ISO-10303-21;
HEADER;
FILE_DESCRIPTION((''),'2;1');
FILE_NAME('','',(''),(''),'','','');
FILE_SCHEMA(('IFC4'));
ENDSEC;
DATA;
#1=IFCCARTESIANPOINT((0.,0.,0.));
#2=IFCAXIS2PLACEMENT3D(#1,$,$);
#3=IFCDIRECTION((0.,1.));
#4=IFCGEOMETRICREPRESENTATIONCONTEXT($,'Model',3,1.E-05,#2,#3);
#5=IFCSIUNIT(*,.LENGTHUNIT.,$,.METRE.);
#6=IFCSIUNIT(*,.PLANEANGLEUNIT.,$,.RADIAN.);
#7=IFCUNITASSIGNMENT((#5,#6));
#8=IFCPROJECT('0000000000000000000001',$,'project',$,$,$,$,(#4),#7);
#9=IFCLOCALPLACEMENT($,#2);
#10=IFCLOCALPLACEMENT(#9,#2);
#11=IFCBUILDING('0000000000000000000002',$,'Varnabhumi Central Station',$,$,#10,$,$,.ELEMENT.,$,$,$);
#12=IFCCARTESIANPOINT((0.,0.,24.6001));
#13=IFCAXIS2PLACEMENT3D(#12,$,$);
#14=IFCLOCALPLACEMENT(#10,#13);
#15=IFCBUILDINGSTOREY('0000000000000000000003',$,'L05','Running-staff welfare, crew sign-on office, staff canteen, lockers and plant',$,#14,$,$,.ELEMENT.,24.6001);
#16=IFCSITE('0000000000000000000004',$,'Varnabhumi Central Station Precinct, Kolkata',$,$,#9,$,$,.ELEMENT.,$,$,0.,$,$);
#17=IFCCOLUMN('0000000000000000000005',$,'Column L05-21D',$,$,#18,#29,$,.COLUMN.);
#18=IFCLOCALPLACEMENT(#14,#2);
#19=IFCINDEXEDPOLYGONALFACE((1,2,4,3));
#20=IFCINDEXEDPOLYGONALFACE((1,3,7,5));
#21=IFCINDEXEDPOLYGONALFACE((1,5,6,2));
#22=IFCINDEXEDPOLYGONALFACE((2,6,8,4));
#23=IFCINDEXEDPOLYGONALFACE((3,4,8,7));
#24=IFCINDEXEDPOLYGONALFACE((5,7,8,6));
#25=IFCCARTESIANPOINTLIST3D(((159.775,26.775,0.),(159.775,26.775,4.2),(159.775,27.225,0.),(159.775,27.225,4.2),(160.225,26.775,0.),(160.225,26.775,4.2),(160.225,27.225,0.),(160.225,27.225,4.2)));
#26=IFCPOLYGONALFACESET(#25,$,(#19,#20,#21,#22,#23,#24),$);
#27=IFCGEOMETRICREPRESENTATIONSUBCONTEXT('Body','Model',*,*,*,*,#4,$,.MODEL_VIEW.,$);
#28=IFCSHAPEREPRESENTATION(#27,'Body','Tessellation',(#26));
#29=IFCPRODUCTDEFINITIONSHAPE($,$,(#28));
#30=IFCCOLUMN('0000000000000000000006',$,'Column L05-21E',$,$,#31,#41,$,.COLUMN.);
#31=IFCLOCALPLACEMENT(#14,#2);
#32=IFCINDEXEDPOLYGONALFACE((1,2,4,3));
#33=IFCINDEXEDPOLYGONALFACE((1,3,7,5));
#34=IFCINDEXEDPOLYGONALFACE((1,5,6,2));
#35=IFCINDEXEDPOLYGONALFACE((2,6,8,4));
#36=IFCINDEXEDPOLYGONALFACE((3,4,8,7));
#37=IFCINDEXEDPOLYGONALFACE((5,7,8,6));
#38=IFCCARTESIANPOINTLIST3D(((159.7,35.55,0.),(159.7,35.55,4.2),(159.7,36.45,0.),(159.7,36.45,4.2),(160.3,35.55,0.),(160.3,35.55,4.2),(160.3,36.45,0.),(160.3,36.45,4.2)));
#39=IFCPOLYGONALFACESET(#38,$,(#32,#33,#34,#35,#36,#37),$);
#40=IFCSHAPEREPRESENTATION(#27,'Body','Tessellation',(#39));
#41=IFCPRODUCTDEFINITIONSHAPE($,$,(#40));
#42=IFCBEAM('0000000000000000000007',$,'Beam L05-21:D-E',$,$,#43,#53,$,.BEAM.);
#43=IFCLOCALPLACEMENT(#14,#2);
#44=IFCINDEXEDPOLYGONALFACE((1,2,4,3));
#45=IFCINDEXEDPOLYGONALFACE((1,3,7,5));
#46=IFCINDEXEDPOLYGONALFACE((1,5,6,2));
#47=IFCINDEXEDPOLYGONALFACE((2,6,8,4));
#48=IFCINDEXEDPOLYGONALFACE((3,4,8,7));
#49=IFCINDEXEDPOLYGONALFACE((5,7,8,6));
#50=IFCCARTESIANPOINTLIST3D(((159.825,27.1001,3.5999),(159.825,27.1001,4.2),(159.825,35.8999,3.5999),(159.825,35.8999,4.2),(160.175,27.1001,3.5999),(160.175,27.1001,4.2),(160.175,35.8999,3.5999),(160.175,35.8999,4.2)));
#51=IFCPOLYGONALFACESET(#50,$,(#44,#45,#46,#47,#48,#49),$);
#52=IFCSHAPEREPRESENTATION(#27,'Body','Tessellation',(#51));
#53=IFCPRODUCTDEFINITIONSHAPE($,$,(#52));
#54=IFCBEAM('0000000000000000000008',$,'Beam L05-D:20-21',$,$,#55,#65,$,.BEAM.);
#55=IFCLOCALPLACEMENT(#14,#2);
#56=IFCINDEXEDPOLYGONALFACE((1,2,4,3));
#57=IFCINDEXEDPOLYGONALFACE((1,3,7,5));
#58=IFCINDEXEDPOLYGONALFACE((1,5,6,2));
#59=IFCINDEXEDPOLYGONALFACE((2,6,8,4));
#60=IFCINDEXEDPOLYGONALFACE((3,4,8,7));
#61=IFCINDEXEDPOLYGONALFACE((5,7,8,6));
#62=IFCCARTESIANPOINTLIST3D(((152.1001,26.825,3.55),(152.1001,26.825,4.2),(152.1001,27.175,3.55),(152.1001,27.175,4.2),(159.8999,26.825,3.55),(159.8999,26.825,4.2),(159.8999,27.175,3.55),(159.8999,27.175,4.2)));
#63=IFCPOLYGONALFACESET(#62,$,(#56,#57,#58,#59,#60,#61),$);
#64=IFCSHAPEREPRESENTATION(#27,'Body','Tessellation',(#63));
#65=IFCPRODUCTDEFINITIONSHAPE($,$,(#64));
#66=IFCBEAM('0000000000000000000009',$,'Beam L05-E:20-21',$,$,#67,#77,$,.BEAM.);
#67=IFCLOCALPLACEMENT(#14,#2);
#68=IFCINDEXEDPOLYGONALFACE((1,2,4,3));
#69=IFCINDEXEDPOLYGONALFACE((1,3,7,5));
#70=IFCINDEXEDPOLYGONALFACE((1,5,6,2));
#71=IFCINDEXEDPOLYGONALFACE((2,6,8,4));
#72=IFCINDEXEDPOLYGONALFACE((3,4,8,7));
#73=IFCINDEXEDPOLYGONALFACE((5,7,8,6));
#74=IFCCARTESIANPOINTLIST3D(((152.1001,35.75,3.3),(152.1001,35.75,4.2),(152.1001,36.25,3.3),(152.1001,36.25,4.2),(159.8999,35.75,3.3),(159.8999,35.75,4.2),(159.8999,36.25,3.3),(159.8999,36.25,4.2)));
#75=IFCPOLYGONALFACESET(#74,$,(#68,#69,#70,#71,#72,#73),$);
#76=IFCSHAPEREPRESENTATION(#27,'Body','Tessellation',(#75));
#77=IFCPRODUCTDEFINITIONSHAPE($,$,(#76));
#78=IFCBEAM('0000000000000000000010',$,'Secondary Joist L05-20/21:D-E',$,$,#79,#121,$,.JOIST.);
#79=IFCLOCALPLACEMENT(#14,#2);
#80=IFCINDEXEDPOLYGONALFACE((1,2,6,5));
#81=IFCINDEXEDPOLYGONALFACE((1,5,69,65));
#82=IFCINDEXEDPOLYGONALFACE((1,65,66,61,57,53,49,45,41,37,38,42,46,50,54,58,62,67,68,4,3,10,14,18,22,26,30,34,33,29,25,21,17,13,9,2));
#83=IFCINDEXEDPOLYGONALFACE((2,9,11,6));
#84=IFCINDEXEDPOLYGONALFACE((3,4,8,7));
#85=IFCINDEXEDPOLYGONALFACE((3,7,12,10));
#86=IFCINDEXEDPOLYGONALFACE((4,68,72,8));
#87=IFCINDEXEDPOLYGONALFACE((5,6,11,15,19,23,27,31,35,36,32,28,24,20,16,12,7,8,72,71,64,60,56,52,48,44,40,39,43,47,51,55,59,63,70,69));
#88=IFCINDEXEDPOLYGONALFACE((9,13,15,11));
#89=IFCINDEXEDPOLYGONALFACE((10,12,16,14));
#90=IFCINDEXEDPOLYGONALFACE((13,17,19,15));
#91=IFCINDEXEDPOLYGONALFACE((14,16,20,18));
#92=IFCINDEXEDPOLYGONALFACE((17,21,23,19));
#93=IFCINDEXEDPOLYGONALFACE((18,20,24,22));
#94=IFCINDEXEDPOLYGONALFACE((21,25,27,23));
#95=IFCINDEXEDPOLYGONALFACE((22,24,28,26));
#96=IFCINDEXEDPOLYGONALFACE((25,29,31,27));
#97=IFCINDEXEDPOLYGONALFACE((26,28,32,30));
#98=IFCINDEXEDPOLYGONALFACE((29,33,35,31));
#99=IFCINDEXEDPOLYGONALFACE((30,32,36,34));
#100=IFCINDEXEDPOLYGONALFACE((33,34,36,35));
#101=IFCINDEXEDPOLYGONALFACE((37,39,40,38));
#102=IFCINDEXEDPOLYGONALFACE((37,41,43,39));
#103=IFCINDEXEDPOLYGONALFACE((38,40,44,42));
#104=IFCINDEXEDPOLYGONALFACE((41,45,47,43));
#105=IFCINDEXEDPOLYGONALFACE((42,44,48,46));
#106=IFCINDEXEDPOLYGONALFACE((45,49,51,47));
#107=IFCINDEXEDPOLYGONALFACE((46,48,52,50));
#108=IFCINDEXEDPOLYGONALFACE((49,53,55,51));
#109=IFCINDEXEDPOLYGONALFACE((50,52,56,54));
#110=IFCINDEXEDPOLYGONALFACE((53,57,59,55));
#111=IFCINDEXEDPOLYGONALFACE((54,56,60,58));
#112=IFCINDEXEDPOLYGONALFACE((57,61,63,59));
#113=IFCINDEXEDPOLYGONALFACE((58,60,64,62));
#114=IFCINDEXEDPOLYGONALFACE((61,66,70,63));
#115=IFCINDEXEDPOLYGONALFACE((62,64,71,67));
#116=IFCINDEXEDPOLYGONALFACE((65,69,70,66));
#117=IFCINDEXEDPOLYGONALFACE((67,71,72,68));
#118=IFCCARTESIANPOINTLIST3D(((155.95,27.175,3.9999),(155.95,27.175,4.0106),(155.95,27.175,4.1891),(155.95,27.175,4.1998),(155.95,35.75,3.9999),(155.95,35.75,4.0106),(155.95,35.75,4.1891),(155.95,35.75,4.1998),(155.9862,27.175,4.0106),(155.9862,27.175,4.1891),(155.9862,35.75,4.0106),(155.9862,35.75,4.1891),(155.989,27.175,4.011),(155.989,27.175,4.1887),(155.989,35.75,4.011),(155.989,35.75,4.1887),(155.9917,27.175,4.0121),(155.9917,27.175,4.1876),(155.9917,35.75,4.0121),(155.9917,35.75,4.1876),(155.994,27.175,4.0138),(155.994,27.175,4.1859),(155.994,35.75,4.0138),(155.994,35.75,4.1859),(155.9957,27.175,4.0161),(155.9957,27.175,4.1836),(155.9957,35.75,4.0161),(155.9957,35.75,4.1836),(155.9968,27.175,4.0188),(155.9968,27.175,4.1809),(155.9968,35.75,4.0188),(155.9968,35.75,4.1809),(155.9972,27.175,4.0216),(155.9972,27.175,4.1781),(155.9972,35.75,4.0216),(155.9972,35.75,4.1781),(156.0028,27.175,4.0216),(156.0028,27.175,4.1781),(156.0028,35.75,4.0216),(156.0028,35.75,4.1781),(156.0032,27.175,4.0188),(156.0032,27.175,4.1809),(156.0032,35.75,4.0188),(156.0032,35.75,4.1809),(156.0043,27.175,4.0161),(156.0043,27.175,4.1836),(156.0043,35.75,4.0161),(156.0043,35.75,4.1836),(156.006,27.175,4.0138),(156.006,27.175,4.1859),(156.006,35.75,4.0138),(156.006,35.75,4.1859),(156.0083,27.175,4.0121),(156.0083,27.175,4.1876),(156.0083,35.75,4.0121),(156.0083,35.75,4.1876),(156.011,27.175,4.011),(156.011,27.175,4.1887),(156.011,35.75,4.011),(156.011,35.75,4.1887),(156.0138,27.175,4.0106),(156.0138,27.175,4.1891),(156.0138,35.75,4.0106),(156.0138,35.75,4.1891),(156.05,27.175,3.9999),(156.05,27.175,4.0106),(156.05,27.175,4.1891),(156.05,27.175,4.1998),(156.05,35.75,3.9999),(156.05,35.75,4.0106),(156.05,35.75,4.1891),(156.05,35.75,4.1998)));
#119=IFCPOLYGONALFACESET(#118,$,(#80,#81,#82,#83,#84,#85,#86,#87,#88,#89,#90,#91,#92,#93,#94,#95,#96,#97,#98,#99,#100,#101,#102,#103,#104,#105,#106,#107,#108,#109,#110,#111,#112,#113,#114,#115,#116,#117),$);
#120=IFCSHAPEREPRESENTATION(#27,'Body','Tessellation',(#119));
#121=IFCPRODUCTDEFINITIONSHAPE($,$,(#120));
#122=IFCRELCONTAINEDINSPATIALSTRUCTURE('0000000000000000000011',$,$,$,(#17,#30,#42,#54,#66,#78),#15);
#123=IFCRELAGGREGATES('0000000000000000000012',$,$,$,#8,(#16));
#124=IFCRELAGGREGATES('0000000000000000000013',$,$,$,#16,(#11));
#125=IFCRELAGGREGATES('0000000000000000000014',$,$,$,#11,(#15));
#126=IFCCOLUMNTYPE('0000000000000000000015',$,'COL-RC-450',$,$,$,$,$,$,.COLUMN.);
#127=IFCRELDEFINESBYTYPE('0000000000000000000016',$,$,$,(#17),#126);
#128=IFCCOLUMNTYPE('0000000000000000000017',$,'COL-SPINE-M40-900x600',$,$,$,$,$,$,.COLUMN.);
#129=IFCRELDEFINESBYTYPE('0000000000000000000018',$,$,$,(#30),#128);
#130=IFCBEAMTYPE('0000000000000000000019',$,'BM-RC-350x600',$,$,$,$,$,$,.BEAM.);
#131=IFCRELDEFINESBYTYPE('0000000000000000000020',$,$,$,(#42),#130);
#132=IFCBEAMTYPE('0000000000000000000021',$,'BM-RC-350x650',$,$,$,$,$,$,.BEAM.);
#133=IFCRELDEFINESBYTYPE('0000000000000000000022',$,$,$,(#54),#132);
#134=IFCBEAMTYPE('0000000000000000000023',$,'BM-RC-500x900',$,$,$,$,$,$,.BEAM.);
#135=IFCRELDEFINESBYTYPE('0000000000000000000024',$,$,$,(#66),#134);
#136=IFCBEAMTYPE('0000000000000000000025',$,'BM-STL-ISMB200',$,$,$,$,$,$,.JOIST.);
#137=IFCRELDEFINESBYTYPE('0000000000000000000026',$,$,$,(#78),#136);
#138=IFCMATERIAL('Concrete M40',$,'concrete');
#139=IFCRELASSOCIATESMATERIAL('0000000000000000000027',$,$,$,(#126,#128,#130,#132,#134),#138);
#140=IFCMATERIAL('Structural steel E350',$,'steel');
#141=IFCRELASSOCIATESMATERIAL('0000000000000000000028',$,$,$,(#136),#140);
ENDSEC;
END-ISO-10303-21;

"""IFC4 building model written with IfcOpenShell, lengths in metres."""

from ifc_helpers import new_model, si_unit, direction, frame, origin, origin_2d, place, context, subcontext, project, spatial, rectangle, i_section, extrude, material, material_profile, profile_set, type_object, element, save


model = new_model("IFC4")

# Units and contexts
model_context = context("Model", 3, precision=1e-05, world=origin(), true_north=direction((0.0, 1.0)))
body_context = subcontext(model_context, "Body", "Model", "MODEL_VIEW")
ifc_project = project(units=[si_unit("LENGTHUNIT", "METRE"), si_unit("PLANEANGLEUNIT", "RADIAN")], contexts=[model_context])

# Site, building, storey
site_placement = place(None, origin())
site = spatial("IfcSite", under=ifc_project, at=site_placement, Name="Varnabhumi Central Station Precinct, Kolkata", CompositionType="ELEMENT", RefElevation=0.0)
building_placement = place(site_placement, origin())
building = spatial("IfcBuilding", under=site, at=building_placement, Name="Varnabhumi Central Station", CompositionType="ELEMENT")
storey_placement = place(building_placement, frame((0.0, 0.0, 24.6001)))
storey = spatial("IfcBuildingStorey", under=building, at=storey_placement, Name="L05", Description="Running-staff welfare, crew sign-on office, staff canteen, lockers and plant", CompositionType="ELEMENT", Elevation=24.6001)

# Columns
ifc_material_1 = material(Name="Concrete M40", Category="concrete")
ifc_material_profile_1 = material_profile(ifc_material_1, rectangle(XDim=0.45, YDim=0.45, at=origin_2d()), Name="Concrete M40", Category="concrete")
ifc_profile_set_1 = profile_set([ifc_material_profile_1], Name="Concrete M40")
column_type_1 = type_object("IfcColumnType", Name="COL-RC-450", PredefinedType="COLUMN", material=ifc_profile_set_1)
column_1_placement = place(storey_placement, frame((160.0, 27.0, 0.0), z_axis=(0.0, 0.0, 1.0), x_axis=(1.0, 0.0, 0.0)))
element("IfcColumn", 1, at=column_1_placement, inside=storey, type_object=column_type_1, Name="Column L05-21D", PredefinedType="COLUMN", context=body_context, shape_type="SweptSolid", body=[
    extrude(rectangle(XDim=0.45, YDim=0.45, at=origin_2d()), origin(), (0.0, 0.0, 1.0), 4.2),
])
ifc_material_profile_2 = material_profile(ifc_material_1, rectangle(XDim=0.6001, YDim=0.8999, at=origin_2d()), Name="Concrete M40", Category="concrete")
ifc_profile_set_2 = profile_set([ifc_material_profile_2], Name="Concrete M40")
column_type_2 = type_object("IfcColumnType", Name="COL-SPINE-M40-900x600", PredefinedType="COLUMN", material=ifc_profile_set_2)
column_2_placement = place(storey_placement, frame((160.0, 36.0, 0.0), z_axis=(0.0, 0.0, 1.0), x_axis=(1.0, 0.0, 0.0)))
element("IfcColumn", 2, at=column_2_placement, inside=storey, type_object=column_type_2, Name="Column L05-21E", PredefinedType="COLUMN", context=body_context, shape_type="SweptSolid", body=[
    extrude(rectangle(XDim=0.6001, YDim=0.8999, at=origin_2d()), origin(), (0.0, 0.0, 1.0), 4.2),
])

# Beams
ifc_material_profile_3 = material_profile(ifc_material_1, rectangle(XDim=0.3501, YDim=0.6001, at=origin_2d()), Name="Concrete M40", Category="concrete")
ifc_profile_set_3 = profile_set([ifc_material_profile_3], Name="Concrete M40")
beam_type_1 = type_object("IfcBeamType", Name="BM-RC-350x600", PredefinedType="BEAM", material=ifc_profile_set_3)
beam_1_placement = place(storey_placement, frame((160.0, 27.1001, 3.8999), z_axis=(0.0, 1.0, 0.0), x_axis=(-1.0, 0.0, 0.0)))
element("IfcBeam", 3, at=beam_1_placement, inside=storey, type_object=beam_type_1, Name="Beam L05-21:D-E", PredefinedType="BEAM", context=body_context, shape_type="SweptSolid", body=[
    extrude(rectangle(XDim=0.3501, YDim=0.6001, at=origin_2d()), origin(), (0.0, 0.0, 1.0), 8.7998),
])
ifc_material_profile_4 = material_profile(ifc_material_1, rectangle(XDim=0.3501, YDim=0.6499, at=origin_2d()), Name="Concrete M40", Category="concrete")
ifc_profile_set_4 = profile_set([ifc_material_profile_4], Name="Concrete M40")
beam_type_2 = type_object("IfcBeamType", Name="BM-RC-350x650", PredefinedType="BEAM", material=ifc_profile_set_4)
beam_2_placement = place(storey_placement, frame((152.1001, 27.0, 3.875), z_axis=(1.0, 0.0, 0.0), x_axis=(0.0, 1.0, 0.0)))
element("IfcBeam", 4, at=beam_2_placement, inside=storey, type_object=beam_type_2, Name="Beam L05-D:20-21", PredefinedType="BEAM", context=body_context, shape_type="SweptSolid", body=[
    extrude(rectangle(XDim=0.3501, YDim=0.6499, at=origin_2d()), origin(), (0.0, 0.0, 1.0), 7.7998),
])
ifc_material_profile_5 = material_profile(ifc_material_1, rectangle(XDim=0.5, YDim=0.8999, at=origin_2d()), Name="Concrete M40", Category="concrete")
ifc_profile_set_5 = profile_set([ifc_material_profile_5], Name="Concrete M40")
beam_type_3 = type_object("IfcBeamType", Name="BM-RC-500x900", PredefinedType="BEAM", material=ifc_profile_set_5)
beam_3_placement = place(storey_placement, frame((152.1001, 36.0, 3.75), z_axis=(1.0, 0.0, 0.0), x_axis=(0.0, 1.0, 0.0)))
element("IfcBeam", 5, at=beam_3_placement, inside=storey, type_object=beam_type_3, Name="Beam L05-E:20-21", PredefinedType="BEAM", context=body_context, shape_type="SweptSolid", body=[
    extrude(rectangle(XDim=0.5, YDim=0.8999, at=origin_2d()), origin(), (0.0, 0.0, 1.0), 7.7998),
])
ifc_material_2 = material(Name="Structural steel E350", Category="steel")
ifc_material_profile_6 = material_profile(ifc_material_2, i_section(OverallWidth=0.1001, OverallDepth=0.2, WebThickness=0.0056, FlangeThickness=0.0107, FilletRadius=0.011, at=origin_2d()), Name="Structural steel E350", Category="steel")
ifc_profile_set_6 = profile_set([ifc_material_profile_6], Name="Structural steel E350")
beam_type_4 = type_object("IfcBeamType", Name="BM-STL-ISMB200", PredefinedType="JOIST", material=ifc_profile_set_6)
beam_4_placement = place(storey_placement, frame((156.0, 27.175, 4.0999), z_axis=(0.0, 1.0, 0.0), x_axis=(-1.0, 0.0, 0.0)))
element("IfcBeam", 6, at=beam_4_placement, inside=storey, type_object=beam_type_4, Name="Secondary Joist L05-20/21:D-E", PredefinedType="JOIST", context=body_context, shape_type="SweptSolid", body=[
    extrude(i_section(OverallWidth=0.1001, OverallDepth=0.2, WebThickness=0.0056, FlangeThickness=0.0107, FilletRadius=0.011, at=origin_2d()), origin(), (0.0, 0.0, 1.0), 8.575),
])

save(model, "model.ifc")
